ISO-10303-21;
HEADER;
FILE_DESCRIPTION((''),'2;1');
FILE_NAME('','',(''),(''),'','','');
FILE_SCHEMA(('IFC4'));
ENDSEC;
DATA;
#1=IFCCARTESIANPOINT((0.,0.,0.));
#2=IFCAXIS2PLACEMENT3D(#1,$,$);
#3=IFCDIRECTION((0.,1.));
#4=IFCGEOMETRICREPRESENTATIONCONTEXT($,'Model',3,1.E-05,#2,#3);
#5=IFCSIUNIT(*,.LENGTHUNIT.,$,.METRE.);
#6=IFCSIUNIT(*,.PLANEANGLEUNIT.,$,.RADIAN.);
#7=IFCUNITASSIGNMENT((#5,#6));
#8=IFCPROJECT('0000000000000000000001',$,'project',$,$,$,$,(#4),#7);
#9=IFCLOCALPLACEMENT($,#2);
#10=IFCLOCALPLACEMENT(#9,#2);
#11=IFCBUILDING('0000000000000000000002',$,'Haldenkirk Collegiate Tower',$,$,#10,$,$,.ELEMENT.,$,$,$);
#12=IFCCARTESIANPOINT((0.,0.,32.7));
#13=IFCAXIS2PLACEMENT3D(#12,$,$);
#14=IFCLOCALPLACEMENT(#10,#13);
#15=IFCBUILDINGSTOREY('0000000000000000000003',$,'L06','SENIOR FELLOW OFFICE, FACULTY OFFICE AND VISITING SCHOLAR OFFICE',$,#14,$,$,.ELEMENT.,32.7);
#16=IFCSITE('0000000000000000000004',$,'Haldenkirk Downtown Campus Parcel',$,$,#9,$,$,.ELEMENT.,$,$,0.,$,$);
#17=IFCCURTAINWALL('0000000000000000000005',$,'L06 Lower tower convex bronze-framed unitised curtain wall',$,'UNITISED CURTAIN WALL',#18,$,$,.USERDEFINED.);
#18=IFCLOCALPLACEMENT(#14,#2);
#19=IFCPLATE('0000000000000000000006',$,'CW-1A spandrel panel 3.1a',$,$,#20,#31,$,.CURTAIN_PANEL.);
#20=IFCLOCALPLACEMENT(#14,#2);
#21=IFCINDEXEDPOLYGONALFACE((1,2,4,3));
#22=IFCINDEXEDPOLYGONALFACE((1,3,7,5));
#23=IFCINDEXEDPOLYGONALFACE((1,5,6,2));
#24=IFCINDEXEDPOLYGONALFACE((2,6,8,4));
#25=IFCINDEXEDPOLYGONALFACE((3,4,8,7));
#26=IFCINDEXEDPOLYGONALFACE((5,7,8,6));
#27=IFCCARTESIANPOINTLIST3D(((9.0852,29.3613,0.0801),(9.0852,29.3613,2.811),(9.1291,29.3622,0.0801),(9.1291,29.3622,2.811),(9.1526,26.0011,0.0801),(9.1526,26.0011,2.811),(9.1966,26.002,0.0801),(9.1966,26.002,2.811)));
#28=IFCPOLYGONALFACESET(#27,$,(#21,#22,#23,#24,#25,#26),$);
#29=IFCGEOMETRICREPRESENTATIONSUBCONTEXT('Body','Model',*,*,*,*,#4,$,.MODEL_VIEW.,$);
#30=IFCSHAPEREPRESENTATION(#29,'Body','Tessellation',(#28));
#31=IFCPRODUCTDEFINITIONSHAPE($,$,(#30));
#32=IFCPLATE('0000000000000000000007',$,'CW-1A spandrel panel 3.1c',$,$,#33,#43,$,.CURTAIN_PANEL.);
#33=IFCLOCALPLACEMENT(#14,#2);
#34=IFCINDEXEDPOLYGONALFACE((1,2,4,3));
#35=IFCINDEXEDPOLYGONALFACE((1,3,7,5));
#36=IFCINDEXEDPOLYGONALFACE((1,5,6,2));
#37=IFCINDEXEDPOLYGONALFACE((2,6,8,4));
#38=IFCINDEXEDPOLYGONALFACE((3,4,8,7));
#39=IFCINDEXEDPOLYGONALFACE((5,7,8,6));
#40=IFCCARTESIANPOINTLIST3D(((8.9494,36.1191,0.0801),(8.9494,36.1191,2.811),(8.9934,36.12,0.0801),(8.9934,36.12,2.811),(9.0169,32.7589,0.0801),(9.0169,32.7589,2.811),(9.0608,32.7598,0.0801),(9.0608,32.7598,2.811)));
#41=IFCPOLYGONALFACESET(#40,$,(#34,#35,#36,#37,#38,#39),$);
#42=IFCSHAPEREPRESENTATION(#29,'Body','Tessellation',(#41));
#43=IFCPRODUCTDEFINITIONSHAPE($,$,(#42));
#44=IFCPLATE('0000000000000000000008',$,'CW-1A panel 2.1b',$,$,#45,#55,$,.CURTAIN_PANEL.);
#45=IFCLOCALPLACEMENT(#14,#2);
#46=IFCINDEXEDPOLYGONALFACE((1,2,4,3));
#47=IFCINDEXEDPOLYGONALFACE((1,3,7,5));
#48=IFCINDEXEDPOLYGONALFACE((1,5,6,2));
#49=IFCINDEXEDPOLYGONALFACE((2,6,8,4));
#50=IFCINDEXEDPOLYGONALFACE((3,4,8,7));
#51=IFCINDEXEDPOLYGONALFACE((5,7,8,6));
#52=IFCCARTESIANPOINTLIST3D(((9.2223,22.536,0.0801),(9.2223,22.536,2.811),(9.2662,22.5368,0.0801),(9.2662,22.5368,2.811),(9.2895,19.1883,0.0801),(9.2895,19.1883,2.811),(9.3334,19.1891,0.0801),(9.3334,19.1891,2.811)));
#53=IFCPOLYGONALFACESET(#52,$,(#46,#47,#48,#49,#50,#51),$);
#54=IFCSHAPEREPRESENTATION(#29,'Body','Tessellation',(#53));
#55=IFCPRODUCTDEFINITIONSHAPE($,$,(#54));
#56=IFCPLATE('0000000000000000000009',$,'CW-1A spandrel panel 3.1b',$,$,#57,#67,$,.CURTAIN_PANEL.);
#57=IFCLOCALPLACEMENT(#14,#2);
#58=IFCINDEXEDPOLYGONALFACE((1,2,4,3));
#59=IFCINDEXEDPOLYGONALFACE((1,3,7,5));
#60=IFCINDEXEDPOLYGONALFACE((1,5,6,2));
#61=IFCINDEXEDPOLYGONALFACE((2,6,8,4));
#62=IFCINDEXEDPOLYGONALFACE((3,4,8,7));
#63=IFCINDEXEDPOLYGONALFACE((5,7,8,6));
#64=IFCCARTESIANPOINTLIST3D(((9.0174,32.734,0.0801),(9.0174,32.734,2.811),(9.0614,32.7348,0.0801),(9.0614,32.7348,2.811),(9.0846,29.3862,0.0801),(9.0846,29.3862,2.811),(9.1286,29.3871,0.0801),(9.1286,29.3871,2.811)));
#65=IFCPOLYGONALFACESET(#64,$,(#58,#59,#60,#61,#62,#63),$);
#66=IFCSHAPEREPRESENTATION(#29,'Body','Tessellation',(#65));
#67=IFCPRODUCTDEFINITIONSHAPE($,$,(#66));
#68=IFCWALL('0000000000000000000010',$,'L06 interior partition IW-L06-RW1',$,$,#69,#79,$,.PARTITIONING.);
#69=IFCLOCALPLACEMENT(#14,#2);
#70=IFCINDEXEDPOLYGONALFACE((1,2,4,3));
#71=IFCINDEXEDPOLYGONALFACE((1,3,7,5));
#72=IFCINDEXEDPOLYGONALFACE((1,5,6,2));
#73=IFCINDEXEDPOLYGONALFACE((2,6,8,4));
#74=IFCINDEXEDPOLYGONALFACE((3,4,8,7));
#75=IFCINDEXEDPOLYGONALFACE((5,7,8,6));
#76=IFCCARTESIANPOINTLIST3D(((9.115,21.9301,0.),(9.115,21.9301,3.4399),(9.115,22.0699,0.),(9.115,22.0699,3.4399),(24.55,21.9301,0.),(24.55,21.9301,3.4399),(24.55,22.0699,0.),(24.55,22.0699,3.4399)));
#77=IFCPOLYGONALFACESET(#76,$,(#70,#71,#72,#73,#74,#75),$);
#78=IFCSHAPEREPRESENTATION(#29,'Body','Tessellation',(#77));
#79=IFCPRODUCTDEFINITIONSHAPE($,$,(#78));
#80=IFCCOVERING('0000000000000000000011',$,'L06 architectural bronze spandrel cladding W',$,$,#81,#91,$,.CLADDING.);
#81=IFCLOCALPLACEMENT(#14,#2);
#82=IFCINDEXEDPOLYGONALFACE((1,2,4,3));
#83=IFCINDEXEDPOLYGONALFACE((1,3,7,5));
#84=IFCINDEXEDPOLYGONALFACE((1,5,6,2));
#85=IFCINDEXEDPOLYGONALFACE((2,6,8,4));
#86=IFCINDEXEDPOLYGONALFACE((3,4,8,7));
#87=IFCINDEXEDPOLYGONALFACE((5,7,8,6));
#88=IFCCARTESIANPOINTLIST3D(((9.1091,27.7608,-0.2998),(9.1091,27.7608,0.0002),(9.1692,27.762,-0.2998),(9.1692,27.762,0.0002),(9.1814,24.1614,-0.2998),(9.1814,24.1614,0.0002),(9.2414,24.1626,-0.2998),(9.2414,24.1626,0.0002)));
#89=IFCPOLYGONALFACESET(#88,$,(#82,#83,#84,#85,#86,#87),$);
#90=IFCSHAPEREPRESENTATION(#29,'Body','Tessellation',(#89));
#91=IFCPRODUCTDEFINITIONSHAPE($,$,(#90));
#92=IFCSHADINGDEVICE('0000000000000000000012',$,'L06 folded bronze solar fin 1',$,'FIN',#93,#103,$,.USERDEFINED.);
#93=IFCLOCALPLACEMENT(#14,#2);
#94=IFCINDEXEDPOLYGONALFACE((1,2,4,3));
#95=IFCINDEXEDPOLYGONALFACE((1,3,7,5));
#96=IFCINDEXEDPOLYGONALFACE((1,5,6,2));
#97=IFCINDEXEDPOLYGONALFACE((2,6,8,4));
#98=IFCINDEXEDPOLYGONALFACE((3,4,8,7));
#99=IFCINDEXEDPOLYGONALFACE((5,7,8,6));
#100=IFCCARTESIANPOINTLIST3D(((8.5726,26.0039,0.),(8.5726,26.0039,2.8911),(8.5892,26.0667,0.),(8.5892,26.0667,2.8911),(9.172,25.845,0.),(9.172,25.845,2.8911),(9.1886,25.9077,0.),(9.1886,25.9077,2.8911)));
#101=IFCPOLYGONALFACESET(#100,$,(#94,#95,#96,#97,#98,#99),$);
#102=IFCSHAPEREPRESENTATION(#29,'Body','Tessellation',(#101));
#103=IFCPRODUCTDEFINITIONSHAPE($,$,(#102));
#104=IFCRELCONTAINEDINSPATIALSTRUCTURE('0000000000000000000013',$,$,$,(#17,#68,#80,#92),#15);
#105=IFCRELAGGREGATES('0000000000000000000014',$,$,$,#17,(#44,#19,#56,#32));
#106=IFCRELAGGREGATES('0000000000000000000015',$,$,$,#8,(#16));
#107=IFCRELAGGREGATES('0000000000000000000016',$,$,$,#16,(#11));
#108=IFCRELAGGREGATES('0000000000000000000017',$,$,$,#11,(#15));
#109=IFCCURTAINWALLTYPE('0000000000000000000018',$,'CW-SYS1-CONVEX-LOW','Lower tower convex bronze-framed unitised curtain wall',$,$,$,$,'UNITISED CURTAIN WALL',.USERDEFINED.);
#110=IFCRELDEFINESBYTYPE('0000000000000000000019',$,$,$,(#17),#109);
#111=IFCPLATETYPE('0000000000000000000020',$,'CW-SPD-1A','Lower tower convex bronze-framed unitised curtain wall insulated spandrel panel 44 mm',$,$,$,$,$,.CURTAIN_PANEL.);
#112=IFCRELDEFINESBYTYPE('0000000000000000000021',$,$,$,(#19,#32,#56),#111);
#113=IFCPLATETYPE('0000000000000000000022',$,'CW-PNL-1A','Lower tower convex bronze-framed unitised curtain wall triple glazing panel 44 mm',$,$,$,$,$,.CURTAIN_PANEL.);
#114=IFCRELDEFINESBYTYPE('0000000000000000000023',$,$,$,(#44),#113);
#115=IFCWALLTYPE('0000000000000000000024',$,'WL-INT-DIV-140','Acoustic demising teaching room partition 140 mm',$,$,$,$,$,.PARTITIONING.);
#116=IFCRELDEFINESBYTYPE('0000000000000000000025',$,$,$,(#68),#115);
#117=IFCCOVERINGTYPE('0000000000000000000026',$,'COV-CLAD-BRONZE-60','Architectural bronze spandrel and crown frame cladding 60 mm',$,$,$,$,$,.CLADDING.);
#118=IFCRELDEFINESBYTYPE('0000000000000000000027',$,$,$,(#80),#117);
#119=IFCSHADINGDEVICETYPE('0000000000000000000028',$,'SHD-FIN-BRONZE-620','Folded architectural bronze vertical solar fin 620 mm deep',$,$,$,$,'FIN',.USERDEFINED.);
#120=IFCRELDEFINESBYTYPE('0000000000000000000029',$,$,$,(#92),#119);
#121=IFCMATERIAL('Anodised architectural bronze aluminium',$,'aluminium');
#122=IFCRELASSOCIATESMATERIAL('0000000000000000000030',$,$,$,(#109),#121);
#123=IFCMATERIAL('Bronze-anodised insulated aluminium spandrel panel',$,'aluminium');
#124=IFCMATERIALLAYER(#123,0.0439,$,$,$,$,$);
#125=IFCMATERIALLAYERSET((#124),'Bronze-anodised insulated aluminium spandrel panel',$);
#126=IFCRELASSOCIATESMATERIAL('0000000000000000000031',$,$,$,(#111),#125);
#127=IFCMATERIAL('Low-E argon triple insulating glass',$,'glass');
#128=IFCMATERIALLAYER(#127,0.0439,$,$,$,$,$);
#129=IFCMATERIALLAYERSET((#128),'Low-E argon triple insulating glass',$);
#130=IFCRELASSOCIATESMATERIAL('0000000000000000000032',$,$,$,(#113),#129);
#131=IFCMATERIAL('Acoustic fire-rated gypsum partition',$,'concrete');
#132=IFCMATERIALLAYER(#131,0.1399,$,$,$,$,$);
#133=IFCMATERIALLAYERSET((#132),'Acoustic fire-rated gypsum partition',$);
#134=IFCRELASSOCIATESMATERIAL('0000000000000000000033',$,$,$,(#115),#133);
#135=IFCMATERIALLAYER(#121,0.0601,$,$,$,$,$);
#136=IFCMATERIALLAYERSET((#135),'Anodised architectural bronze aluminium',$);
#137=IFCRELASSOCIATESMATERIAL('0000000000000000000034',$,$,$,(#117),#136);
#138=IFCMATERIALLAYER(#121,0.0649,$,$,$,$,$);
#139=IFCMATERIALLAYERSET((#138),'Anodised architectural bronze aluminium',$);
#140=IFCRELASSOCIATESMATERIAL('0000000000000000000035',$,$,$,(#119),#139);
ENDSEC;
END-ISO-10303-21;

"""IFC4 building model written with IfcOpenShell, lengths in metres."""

from ifc_helpers import new_model, si_unit, direction, frame, frame_2d, origin, origin_2d, place, context, subcontext, project, spatial, rectangle, extrude, source, transform, mapped, material, layer, layer_set, type_object, element, aggregate, save


model = new_model("IFC4")

# Units and contexts
model_context = context("Model", 3, precision=1e-05, world=origin(), true_north=direction((0.0, 1.0)))
body_context = subcontext(model_context, "Body", "Model", "MODEL_VIEW")
ifc_project = project(units=[si_unit("LENGTHUNIT", "METRE"), si_unit("PLANEANGLEUNIT", "RADIAN")], contexts=[model_context])

# Site, building, storey
site_placement = place(None, origin())
site = spatial("IfcSite", under=ifc_project, at=site_placement, Name="Haldenkirk Downtown Campus Parcel", CompositionType="ELEMENT", RefElevation=0.0)
building_placement = place(site_placement, origin())
building = spatial("IfcBuilding", under=site, at=building_placement, Name="Haldenkirk Collegiate Tower", CompositionType="ELEMENT")
storey_placement = place(building_placement, frame((0.0, 0.0, 32.7)))
storey = spatial("IfcBuildingStorey", under=building, at=storey_placement, Name="L06", Description="SENIOR FELLOW OFFICE, FACULTY OFFICE AND VISITING SCHOLAR OFFICE", CompositionType="ELEMENT", Elevation=32.7)

# Curtain wall, plates
ifc_material_1 = material(Name="Anodised architectural bronze aluminium", Category="aluminium")
curtain_wall_type = type_object("IfcCurtainWallType", Name="CW-SYS1-CONVEX-LOW", Description="Lower tower convex bronze-framed unitised curtain wall", ElementType="UNITISED CURTAIN WALL", PredefinedType="USERDEFINED", material=ifc_material_1)
curtain_wall_placement = place(storey_placement, origin())
curtain_wall = element("IfcCurtainWall", 1, at=curtain_wall_placement, inside=storey, type_object=curtain_wall_type, Name="L06 Lower tower convex bronze-framed unitised curtain wall", ObjectType="UNITISED CURTAIN WALL", PredefinedType="USERDEFINED")
ifc_material_2 = material(Name="Bronze-anodised insulated aluminium spandrel panel", Category="aluminium")
ifc_layer_1 = layer(ifc_material_2, 0.0439)
ifc_layer_set_1 = layer_set([ifc_layer_1], Name="Bronze-anodised insulated aluminium spandrel panel")
plate_type_1 = type_object("IfcPlateType", Name="CW-SPD-1A", Description="Lower tower convex bronze-framed unitised curtain wall insulated spandrel panel 44 mm", PredefinedType="CURTAIN_PANEL", material=ifc_layer_set_1)
shared_shape_1 = source(origin(), body_context, "Body", "SweptSolid", [
    extrude(rectangle(XDim=3.3608, YDim=0.0439, at=origin_2d()), origin(), (0.0, 0.0, 1.0), 2.731),
])
plate_1_placement = place(storey_placement, frame((9.1409, 27.6816, 0.0801), z_axis=(0.0, 0.0, 1.0), x_axis=(-0.020069, 0.999799, 0.0)))
plate_1 = element("IfcPlate", 2, at=plate_1_placement, type_object=plate_type_1, Name="CW-1A spandrel panel 3.1a", PredefinedType="CURTAIN_PANEL", context=body_context, shape_type="MappedRepresentation", body=[
    mapped(shared_shape_1, transform((0.0, 0.0, 0.0), x_axis=(1.0, 0.0, 0.0), y_axis=(0.0, 1.0, 0.0), z_axis=(0.0, 0.0, 1.0), scale=1.0)),
])
plate_2_placement = place(storey_placement, frame((9.0051, 34.4395, 0.0801), z_axis=(0.0, 0.0, 1.0), x_axis=(-0.020069, 0.999799, 0.0)))
plate_2 = element("IfcPlate", 3, at=plate_2_placement, type_object=plate_type_1, Name="CW-1A spandrel panel 3.1c", PredefinedType="CURTAIN_PANEL", context=body_context, shape_type="MappedRepresentation", body=[
    mapped(shared_shape_1, transform((0.0, 0.0, 0.0), x_axis=(1.0, 0.0, 0.0), y_axis=(0.0, 1.0, 0.0), z_axis=(0.0, 0.0, 1.0), scale=1.0)),
])
ifc_material_3 = material(Name="Low-E argon triple insulating glass", Category="glass")
ifc_layer_2 = layer(ifc_material_3, 0.0439)
ifc_layer_set_2 = layer_set([ifc_layer_2], Name="Low-E argon triple insulating glass")
plate_type_2 = type_object("IfcPlateType", Name="CW-PNL-1A", Description="Lower tower convex bronze-framed unitised curtain wall triple glazing panel 44 mm", PredefinedType="CURTAIN_PANEL", material=ifc_layer_set_2)
shared_shape_2 = source(origin(), body_context, "Body", "SweptSolid", [
    extrude(rectangle(XDim=3.3484, YDim=0.0439, at=origin_2d()), origin(), (0.0, 0.0, 1.0), 2.731),
])
plate_3_placement = place(storey_placement, frame((9.2778, 20.8625, 0.0801), z_axis=(0.0, 0.0, 1.0), x_axis=(-0.020069, 0.999799, 0.0)))
plate_3 = element("IfcPlate", 4, at=plate_3_placement, type_object=plate_type_2, Name="CW-1A panel 2.1b", PredefinedType="CURTAIN_PANEL", context=body_context, shape_type="MappedRepresentation", body=[
    mapped(shared_shape_2, transform((0.0, 0.0, 0.0), x_axis=(1.0, 0.0, 0.0), y_axis=(0.0, 1.0, 0.0), z_axis=(0.0, 0.0, 1.0), scale=1.0)),
])
plate_4_placement = place(storey_placement, frame((9.073, 31.0605, 0.0801), z_axis=(0.0, 0.0, 1.0), x_axis=(-0.020069, 0.999799, 0.0)))
plate_4 = element("IfcPlate", 5, at=plate_4_placement, type_object=plate_type_1, Name="CW-1A spandrel panel 3.1b", PredefinedType="CURTAIN_PANEL", context=body_context, shape_type="MappedRepresentation", body=[
    mapped(shared_shape_2, transform((0.0, 0.0, 0.0), x_axis=(1.0, 0.0, 0.0), y_axis=(0.0, 1.0, 0.0), z_axis=(0.0, 0.0, 1.0), scale=1.0)),
])
aggregate(curtain_wall, [plate_3, plate_1, plate_4, plate_2])

# Wall
ifc_material_4 = material(Name="Acoustic fire-rated gypsum partition", Category="concrete")
ifc_layer_3 = layer(ifc_material_4, 0.1399)
ifc_layer_set_3 = layer_set([ifc_layer_3], Name="Acoustic fire-rated gypsum partition")
wall_type = type_object("IfcWallType", Name="WL-INT-DIV-140", Description="Acoustic demising teaching room partition 140 mm", PredefinedType="PARTITIONING", material=ifc_layer_set_3)
wall_placement = place(storey_placement, frame((9.115, 22.0, 0.0), z_axis=(0.0, 0.0, 1.0), x_axis=(1.0, 0.0, 0.0)))
element("IfcWall", 6, at=wall_placement, inside=storey, type_object=wall_type, Name="L06 interior partition IW-L06-RW1", PredefinedType="PARTITIONING", context=body_context, shape_type="SweptSolid", body=[
    extrude(rectangle(XDim=15.4351, YDim=0.1399, at=frame_2d((7.7175, 0.0))), origin(), (0.0, 0.0, 1.0), 3.4399),
])

# Covering
ifc_layer_4 = layer(ifc_material_1, 0.0601)
ifc_layer_set_4 = layer_set([ifc_layer_4], Name="Anodised architectural bronze aluminium")
covering_type = type_object("IfcCoveringType", Name="COV-CLAD-BRONZE-60", Description="Architectural bronze spandrel and crown frame cladding 60 mm", PredefinedType="CLADDING", material=ifc_layer_set_4)
shared_shape_3 = source(origin(), body_context, "Body", "SweptSolid", [
    extrude(rectangle(XDim=3.6001, YDim=0.0601, at=origin_2d()), origin(), (0.0, 0.0, 1.0), 0.3),
])
covering_placement = place(storey_placement, frame((9.1753, 25.9617, -0.2998), z_axis=(0.0, 0.0, 1.0), x_axis=(-0.02007, 0.999799, 0.0)))
element("IfcCovering", 7, at=covering_placement, inside=storey, type_object=covering_type, Name="L06 architectural bronze spandrel cladding W", PredefinedType="CLADDING", context=body_context, shape_type="MappedRepresentation", body=[
    mapped(shared_shape_3, transform((0.0, 0.0, 0.0), x_axis=(1.0, 0.0, 0.0), y_axis=(0.0, 1.0, 0.0), z_axis=(0.0, 0.0, 1.0), scale=1.0)),
])

# Shading device
ifc_layer_5 = layer(ifc_material_1, 0.0649)
ifc_layer_set_5 = layer_set([ifc_layer_5], Name="Anodised architectural bronze aluminium")
shading_device_type = type_object("IfcShadingDeviceType", Name="SHD-FIN-BRONZE-620", Description="Folded architectural bronze vertical solar fin 620 mm deep", ElementType="FIN", PredefinedType="USERDEFINED", material=ifc_layer_set_5)
shared_shape_4 = source(origin(), body_context, "Body", "SweptSolid", [
    extrude(rectangle(XDim=0.6201, YDim=0.0649, at=origin_2d()), origin(), (0.0, 0.0, 1.0), 2.8911),
])
shading_device_placement = place(storey_placement, frame((8.8806, 25.9558, 0.0), z_axis=(0.0, 0.0, 1.0), x_axis=(-0.9666, 0.256289, 0.0)))
element("IfcShadingDevice", 8, at=shading_device_placement, inside=storey, type_object=shading_device_type, Name="L06 folded bronze solar fin 1", ObjectType="FIN", PredefinedType="USERDEFINED", context=body_context, shape_type="MappedRepresentation", body=[
    mapped(shared_shape_4, transform((0.0, 0.0, 0.0), x_axis=(1.0, 0.0, 0.0), y_axis=(0.0, 1.0, 0.0), z_axis=(0.0, 0.0, 1.0), scale=1.0)),
])

save(model, "model.ifc")
